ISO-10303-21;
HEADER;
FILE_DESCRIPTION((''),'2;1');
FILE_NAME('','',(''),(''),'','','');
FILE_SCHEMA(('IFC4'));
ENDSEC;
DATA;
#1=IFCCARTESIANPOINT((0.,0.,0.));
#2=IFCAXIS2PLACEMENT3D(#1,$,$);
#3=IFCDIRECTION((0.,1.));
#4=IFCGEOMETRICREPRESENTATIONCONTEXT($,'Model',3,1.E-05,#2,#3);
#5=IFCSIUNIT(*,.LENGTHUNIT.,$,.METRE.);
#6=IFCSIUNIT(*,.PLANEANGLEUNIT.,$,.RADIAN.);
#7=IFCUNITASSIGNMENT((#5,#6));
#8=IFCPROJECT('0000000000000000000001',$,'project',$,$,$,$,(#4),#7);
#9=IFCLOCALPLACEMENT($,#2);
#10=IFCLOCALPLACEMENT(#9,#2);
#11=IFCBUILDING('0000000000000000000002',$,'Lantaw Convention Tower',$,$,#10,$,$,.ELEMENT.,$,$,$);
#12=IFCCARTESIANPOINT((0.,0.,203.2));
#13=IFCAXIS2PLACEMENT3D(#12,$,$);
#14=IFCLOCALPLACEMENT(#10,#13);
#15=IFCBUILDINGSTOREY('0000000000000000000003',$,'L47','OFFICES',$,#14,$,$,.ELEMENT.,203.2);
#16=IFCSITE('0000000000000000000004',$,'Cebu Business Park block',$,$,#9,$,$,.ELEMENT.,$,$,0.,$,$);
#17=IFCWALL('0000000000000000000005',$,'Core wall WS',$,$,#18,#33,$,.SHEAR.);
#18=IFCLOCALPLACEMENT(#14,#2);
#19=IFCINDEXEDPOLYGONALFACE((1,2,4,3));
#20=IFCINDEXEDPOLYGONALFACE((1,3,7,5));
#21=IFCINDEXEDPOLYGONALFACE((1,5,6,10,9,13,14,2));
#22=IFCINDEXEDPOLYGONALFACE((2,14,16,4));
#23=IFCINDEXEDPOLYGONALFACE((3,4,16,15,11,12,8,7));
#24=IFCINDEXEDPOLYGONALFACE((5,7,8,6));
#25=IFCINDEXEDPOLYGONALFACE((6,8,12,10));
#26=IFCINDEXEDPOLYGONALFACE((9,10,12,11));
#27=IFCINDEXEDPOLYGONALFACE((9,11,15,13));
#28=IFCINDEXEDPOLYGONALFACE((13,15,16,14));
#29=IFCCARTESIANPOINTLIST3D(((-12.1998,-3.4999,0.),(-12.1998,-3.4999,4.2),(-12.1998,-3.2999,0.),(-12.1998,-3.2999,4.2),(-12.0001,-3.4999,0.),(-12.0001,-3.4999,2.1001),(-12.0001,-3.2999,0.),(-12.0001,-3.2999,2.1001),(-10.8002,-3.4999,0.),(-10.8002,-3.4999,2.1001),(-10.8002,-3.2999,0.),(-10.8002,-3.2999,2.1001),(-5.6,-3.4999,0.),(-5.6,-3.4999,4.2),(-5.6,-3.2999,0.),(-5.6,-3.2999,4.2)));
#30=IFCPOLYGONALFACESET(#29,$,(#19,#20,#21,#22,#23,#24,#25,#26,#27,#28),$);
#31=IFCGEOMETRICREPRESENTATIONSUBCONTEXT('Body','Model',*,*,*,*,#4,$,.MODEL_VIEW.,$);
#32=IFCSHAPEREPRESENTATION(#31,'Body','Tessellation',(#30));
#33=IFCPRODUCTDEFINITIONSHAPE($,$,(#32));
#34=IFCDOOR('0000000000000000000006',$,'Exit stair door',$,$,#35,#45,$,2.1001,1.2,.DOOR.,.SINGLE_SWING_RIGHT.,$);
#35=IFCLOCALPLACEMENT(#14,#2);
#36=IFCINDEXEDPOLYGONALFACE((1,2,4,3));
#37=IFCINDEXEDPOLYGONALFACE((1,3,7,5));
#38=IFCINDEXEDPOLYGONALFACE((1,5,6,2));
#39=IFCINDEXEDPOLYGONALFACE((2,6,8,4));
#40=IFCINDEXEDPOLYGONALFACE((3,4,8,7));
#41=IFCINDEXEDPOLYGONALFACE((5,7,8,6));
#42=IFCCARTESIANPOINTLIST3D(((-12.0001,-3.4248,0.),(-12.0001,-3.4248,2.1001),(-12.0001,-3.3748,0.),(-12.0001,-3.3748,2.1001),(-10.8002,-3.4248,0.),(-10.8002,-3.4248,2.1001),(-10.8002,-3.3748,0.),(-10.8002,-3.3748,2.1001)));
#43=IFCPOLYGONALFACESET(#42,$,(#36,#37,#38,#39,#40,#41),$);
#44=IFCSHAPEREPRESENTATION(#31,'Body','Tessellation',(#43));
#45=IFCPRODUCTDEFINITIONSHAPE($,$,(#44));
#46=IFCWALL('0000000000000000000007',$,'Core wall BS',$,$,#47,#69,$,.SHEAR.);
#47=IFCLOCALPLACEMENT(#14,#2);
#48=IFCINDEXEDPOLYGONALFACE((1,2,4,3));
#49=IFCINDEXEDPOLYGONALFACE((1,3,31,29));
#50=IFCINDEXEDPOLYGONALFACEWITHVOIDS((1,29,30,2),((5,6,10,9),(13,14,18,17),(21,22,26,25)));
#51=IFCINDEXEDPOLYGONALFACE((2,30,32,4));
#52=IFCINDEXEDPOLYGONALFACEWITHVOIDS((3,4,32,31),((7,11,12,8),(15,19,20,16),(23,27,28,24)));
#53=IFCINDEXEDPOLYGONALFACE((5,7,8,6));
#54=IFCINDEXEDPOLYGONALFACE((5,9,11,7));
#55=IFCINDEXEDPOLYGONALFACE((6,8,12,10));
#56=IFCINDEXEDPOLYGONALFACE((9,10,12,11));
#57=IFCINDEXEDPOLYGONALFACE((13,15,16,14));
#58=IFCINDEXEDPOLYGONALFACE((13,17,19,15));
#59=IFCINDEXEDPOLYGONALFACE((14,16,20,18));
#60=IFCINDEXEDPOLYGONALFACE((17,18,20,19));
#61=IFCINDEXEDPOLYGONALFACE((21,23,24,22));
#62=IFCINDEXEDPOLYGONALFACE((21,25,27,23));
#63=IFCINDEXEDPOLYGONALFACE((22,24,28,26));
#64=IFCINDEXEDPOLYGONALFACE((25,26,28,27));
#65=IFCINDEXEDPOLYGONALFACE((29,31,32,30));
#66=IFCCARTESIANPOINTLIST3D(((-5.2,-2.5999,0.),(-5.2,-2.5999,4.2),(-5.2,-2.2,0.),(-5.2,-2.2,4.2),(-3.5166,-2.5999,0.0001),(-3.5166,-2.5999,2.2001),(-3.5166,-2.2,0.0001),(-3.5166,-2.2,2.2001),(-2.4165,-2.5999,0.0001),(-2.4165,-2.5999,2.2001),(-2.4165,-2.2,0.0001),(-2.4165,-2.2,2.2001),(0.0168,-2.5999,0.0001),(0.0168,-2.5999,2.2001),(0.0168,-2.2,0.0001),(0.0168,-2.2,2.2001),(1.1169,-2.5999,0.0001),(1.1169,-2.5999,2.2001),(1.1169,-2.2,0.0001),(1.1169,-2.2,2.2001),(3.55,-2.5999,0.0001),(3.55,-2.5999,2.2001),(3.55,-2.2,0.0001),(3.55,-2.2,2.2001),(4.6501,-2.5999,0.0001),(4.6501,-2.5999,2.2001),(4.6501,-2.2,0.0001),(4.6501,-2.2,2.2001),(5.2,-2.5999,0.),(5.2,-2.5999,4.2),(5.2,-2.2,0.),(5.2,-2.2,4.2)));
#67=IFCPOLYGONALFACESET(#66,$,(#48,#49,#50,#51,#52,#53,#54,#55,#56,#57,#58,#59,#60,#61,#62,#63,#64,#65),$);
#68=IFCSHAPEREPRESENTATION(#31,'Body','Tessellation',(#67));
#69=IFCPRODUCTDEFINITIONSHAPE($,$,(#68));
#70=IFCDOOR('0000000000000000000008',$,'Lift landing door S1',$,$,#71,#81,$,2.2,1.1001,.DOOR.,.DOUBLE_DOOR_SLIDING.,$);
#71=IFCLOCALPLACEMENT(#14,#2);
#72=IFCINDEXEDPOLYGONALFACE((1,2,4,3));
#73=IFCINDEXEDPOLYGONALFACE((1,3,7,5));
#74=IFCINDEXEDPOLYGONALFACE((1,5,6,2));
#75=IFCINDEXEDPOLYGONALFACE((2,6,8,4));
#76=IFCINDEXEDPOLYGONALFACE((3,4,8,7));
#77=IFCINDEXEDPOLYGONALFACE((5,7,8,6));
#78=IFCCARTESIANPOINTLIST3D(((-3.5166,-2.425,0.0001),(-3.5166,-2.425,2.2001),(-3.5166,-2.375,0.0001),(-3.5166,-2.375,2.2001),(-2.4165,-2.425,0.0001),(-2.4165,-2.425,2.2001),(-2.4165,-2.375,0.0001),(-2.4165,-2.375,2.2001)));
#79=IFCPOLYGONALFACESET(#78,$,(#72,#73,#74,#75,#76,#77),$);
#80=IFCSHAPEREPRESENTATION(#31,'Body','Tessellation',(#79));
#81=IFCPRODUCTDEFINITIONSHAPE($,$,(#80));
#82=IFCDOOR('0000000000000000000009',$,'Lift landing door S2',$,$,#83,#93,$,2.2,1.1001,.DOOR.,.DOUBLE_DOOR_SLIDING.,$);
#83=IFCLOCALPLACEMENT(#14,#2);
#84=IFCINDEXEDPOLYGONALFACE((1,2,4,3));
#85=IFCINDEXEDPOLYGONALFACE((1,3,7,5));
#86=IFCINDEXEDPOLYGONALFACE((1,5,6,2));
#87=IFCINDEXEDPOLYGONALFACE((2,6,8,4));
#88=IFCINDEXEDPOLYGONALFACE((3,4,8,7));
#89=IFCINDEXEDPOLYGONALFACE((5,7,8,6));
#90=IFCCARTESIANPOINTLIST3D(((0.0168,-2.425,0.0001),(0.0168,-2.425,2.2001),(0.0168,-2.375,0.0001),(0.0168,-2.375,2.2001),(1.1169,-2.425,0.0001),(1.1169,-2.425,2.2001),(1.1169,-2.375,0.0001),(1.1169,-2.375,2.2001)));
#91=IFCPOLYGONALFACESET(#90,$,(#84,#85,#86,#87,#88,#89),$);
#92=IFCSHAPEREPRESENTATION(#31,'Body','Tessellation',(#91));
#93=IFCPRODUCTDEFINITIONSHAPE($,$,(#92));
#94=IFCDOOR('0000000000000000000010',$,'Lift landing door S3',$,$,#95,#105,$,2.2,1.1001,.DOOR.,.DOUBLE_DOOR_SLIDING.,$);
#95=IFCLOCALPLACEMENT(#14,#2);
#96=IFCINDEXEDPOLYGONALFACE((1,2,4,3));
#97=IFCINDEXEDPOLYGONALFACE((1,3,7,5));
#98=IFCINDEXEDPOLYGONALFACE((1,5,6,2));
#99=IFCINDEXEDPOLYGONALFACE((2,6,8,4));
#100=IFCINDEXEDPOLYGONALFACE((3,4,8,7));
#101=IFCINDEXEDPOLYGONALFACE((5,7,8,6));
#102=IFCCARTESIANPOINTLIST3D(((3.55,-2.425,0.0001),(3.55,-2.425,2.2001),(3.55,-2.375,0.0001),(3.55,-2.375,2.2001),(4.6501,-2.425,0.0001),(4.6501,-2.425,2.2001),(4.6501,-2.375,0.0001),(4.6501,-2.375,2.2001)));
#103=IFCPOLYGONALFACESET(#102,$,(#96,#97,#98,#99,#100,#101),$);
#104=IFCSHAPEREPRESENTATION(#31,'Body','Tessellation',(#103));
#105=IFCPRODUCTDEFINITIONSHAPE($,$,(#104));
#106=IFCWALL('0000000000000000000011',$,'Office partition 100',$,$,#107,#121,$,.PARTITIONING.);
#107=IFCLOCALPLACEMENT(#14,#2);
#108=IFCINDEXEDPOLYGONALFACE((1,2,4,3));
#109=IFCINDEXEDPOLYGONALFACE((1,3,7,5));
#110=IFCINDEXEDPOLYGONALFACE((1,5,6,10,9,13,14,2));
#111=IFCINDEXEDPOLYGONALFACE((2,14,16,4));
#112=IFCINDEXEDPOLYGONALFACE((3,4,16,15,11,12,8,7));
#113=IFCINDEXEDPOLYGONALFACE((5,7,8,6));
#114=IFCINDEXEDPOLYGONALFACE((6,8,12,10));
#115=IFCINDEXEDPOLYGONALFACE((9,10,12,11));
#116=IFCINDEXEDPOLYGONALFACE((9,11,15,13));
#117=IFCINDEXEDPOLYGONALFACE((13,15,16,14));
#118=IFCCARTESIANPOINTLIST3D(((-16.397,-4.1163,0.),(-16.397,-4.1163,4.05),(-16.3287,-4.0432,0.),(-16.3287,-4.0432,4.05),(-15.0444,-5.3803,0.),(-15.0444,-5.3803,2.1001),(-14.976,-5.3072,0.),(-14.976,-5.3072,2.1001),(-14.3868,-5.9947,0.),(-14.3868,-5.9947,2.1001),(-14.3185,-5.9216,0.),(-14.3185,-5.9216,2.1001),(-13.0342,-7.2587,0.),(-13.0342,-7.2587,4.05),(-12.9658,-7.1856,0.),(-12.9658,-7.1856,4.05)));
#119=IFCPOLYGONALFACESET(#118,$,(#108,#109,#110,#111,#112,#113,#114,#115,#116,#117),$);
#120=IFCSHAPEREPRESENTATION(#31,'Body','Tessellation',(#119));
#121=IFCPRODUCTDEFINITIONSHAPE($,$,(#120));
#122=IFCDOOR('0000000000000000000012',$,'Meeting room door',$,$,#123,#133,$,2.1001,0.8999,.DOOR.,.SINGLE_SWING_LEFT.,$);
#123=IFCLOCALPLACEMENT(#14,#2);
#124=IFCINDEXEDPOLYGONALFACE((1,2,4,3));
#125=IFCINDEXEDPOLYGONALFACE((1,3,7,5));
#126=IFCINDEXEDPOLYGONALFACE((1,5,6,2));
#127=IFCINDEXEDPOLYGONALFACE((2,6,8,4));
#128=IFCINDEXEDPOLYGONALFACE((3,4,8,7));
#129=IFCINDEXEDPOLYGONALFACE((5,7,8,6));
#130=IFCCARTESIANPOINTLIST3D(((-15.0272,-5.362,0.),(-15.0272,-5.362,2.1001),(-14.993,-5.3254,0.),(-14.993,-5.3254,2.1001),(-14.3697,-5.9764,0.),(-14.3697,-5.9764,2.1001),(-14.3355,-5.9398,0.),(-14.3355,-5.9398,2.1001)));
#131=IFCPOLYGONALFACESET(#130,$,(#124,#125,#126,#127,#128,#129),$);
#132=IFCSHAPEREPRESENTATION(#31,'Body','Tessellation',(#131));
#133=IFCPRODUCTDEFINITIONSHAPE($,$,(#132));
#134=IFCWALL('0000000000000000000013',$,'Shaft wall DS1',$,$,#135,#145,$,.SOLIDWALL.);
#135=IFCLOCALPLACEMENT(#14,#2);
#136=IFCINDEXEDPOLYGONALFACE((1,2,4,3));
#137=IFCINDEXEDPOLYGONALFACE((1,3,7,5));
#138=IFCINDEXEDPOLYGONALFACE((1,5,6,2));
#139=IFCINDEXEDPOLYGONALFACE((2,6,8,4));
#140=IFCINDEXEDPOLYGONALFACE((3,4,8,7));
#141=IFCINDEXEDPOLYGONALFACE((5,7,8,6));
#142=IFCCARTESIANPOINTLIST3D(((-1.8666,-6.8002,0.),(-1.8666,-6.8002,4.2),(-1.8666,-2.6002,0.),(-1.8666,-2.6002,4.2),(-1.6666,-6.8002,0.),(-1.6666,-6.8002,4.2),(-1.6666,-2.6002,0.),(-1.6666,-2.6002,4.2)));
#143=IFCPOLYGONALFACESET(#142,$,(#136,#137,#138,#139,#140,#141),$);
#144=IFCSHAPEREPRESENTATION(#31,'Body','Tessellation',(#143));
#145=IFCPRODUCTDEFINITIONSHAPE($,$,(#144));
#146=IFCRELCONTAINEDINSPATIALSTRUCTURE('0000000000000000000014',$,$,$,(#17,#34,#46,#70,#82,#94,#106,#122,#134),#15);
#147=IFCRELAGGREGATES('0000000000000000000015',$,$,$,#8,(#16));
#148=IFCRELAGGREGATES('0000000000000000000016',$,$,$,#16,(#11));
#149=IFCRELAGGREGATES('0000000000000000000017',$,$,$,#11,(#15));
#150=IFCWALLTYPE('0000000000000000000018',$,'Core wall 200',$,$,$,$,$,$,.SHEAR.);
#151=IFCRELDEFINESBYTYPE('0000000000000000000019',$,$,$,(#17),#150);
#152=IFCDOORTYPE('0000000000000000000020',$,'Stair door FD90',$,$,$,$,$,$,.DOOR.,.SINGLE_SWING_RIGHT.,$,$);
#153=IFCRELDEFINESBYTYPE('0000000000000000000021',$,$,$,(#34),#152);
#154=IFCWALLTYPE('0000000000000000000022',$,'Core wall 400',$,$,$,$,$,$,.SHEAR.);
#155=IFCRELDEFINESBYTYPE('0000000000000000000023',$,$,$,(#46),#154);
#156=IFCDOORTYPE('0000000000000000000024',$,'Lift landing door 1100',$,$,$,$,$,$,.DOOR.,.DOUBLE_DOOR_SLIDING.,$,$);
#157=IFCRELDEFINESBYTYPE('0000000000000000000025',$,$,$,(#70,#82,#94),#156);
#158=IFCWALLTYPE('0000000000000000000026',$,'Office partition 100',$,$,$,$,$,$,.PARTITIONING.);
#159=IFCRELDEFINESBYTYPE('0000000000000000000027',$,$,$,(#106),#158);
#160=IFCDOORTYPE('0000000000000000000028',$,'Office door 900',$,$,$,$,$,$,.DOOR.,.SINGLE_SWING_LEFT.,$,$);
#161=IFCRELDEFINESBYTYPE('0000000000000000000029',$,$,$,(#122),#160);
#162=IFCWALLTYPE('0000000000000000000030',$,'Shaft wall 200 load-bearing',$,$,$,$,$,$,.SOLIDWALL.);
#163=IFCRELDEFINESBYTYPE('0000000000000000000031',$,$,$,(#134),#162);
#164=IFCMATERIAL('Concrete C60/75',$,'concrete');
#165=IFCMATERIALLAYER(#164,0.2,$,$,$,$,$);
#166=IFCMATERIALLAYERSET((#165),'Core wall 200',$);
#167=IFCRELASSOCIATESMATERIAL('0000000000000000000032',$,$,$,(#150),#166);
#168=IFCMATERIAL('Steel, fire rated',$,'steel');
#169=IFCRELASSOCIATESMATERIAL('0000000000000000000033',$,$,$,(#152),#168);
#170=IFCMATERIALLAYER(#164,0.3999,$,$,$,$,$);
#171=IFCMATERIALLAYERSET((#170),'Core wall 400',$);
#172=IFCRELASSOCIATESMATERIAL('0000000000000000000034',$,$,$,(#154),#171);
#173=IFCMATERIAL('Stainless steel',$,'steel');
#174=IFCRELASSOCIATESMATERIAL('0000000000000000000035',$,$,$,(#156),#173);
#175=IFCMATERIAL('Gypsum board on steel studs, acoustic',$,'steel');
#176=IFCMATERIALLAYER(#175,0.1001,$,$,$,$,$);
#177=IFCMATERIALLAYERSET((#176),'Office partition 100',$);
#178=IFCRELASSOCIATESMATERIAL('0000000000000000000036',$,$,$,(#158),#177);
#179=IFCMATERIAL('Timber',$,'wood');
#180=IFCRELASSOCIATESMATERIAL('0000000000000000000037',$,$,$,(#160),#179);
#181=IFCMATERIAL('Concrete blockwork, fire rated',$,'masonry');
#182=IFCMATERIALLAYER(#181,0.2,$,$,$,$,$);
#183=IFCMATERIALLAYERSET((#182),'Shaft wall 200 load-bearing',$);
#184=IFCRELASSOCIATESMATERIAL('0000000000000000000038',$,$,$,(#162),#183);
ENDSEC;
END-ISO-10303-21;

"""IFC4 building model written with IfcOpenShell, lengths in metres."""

from ifc_helpers import new_model, si_unit, direction, frame, frame_2d, origin, place, context, subcontext, project, spatial, rectangle, extrude, material, layer, layer_set, type_object, element, fill, save


model = new_model("IFC4")

# Units and contexts
model_context = context("Model", 3, precision=1e-05, world=origin(), true_north=direction((0.0, 1.0)))
body_context = subcontext(model_context, "Body", "Model", "MODEL_VIEW")
ifc_project = project(units=[si_unit("LENGTHUNIT", "METRE"), si_unit("PLANEANGLEUNIT", "RADIAN")], contexts=[model_context])

# Site, building, storey
site_placement = place(None, origin())
site = spatial("IfcSite", under=ifc_project, at=site_placement, Name="Cebu Business Park block", CompositionType="ELEMENT", RefElevation=0.0)
building_placement = place(site_placement, origin())
building = spatial("IfcBuilding", under=site, at=building_placement, Name="Lantaw Convention Tower", CompositionType="ELEMENT")
storey_placement = place(building_placement, frame((0.0, 0.0, 203.2)))
storey = spatial("IfcBuildingStorey", under=building, at=storey_placement, Name="L47", Description="OFFICES", CompositionType="ELEMENT", Elevation=203.2)

# Wall, opening, door
ifc_material_1 = material(Name="Concrete C60/75", Category="concrete")
ifc_layer_1 = layer(ifc_material_1, 0.2)
ifc_layer_set_1 = layer_set([ifc_layer_1], Name="Core wall 200")
wall_type_1 = type_object("IfcWallType", Name="Core wall 200", PredefinedType="SHEAR", material=ifc_layer_set_1)
wall_1_placement = place(storey_placement, frame((-5.6001, -3.3999, 0.0), z_axis=(0.0, 0.0, 1.0), x_axis=(-1.0, 0.0, 0.0)))
wall_1 = element("IfcWall", 1, at=wall_1_placement, inside=storey, type_object=wall_type_1, Name="Core wall WS", PredefinedType="SHEAR", context=body_context, shape_type="SweptSolid", body=[
    extrude(rectangle(XDim=6.5999, YDim=0.2, at=frame_2d((3.2998, 0.0))), origin(), (0.0, 0.0, 1.0), 4.2),
])
opening_1_placement = place(wall_1_placement, frame((5.2, 0.0, 0.0)))
opening_1 = element("IfcOpeningElement", 2, at=opening_1_placement, cuts=wall_1, PredefinedType="OPENING", context=body_context, shape_type="SweptSolid", body=[
    extrude(rectangle(XDim=1.2, YDim=2.1001, at=frame_2d((0.6001, 1.05))), frame((0.0, 0.1099, 0.0), z_axis=(0.0, -1.0, 0.0), x_axis=(1.0, 0.0, 0.0)), (0.0, 0.0, 1.0), 0.22),
])
ifc_material_2 = material(Name="Steel, fire rated", Category="steel")
door_type_1 = type_object("IfcDoorType", Name="Stair door FD90", OperationType="SINGLE_SWING_RIGHT", PredefinedType="DOOR", material=ifc_material_2)
door_1_placement = place(opening_1_placement, origin())
door_1 = element("IfcDoor", 3, at=door_1_placement, inside=storey, type_object=door_type_1, Name="Exit stair door", OperationType="SINGLE_SWING_RIGHT", OverallHeight=2.1001, OverallWidth=1.2, PredefinedType="DOOR", context=body_context, shape_type="SweptSolid", body=[
    extrude(rectangle(XDim=1.2, YDim=2.1001, at=frame_2d((0.6001, 1.05))), frame((0.0, 0.0249, 0.0), z_axis=(0.0, -1.0, 0.0), x_axis=(1.0, 0.0, 0.0)), (0.0, 0.0, 1.0), 0.05),
])
fill(opening_1, door_1)

# Wall, openings, doors
ifc_layer_2 = layer(ifc_material_1, 0.3999)
ifc_layer_set_2 = layer_set([ifc_layer_2], Name="Core wall 400")
wall_type_2 = type_object("IfcWallType", Name="Core wall 400", PredefinedType="SHEAR", material=ifc_layer_set_2)
wall_2_placement = place(storey_placement, frame((-5.2, -2.3999, 0.0), z_axis=(0.0, 0.0, 1.0), x_axis=(1.0, 0.0, 0.0)))
wall_2 = element("IfcWall", 4, at=wall_2_placement, inside=storey, type_object=wall_type_2, Name="Core wall BS", PredefinedType="SHEAR", context=body_context, shape_type="SweptSolid", body=[
    extrude(rectangle(XDim=10.3999, YDim=0.3999, at=frame_2d((5.2, 0.0))), origin(), (0.0, 0.0, 1.0), 4.2),
])
opening_2_placement = place(wall_2_placement, frame((1.6833, 0.0, 0.0)))
opening_2 = element("IfcOpeningElement", 5, at=opening_2_placement, cuts=wall_2, PredefinedType="OPENING", context=body_context, shape_type="SweptSolid", body=[
    extrude(rectangle(XDim=1.1001, YDim=2.2, at=frame_2d((0.55, 1.1001))), frame((0.0, 0.21, 0.0), z_axis=(0.0, -1.0, 0.0), x_axis=(1.0, 0.0, 0.0)), (0.0, 0.0, 1.0), 0.4199),
])
opening_3_placement = place(wall_2_placement, frame((5.2168, 0.0, 0.0)))
opening_3 = element("IfcOpeningElement", 6, at=opening_3_placement, cuts=wall_2, PredefinedType="OPENING", context=body_context, shape_type="SweptSolid", body=[
    extrude(rectangle(XDim=1.1001, YDim=2.2, at=frame_2d((0.55, 1.1001))), frame((0.0, 0.21, 0.0), z_axis=(0.0, -1.0, 0.0), x_axis=(1.0, 0.0, 0.0)), (0.0, 0.0, 1.0), 0.4199),
])
opening_4_placement = place(wall_2_placement, frame((8.75, 0.0, 0.0)))
opening_4 = element("IfcOpeningElement", 7, at=opening_4_placement, cuts=wall_2, PredefinedType="OPENING", context=body_context, shape_type="SweptSolid", body=[
    extrude(rectangle(XDim=1.1001, YDim=2.2, at=frame_2d((0.55, 1.1001))), frame((0.0, 0.21, 0.0), z_axis=(0.0, -1.0, 0.0), x_axis=(1.0, 0.0, 0.0)), (0.0, 0.0, 1.0), 0.4199),
])
ifc_material_3 = material(Name="Stainless steel", Category="steel")
door_type_2 = type_object("IfcDoorType", Name="Lift landing door 1100", OperationType="DOUBLE_DOOR_SLIDING", PredefinedType="DOOR", material=ifc_material_3)
door_2_placement = place(opening_2_placement, origin())
door_2 = element("IfcDoor", 8, at=door_2_placement, inside=storey, type_object=door_type_2, Name="Lift landing door S1", OperationType="DOUBLE_DOOR_SLIDING", OverallHeight=2.2, OverallWidth=1.1001, PredefinedType="DOOR", context=body_context, shape_type="SweptSolid", body=[
    extrude(rectangle(XDim=1.1001, YDim=2.2, at=frame_2d((0.55, 1.1001))), frame((0.0, 0.0249, 0.0), z_axis=(0.0, -1.0, 0.0), x_axis=(1.0, 0.0, 0.0)), (0.0, 0.0, 1.0), 0.05),
])
fill(opening_2, door_2)
door_3_placement = place(opening_3_placement, origin())
door_3 = element("IfcDoor", 9, at=door_3_placement, inside=storey, type_object=door_type_2, Name="Lift landing door S2", OperationType="DOUBLE_DOOR_SLIDING", OverallHeight=2.2, OverallWidth=1.1001, PredefinedType="DOOR", context=body_context, shape_type="SweptSolid", body=[
    extrude(rectangle(XDim=1.1001, YDim=2.2, at=frame_2d((0.55, 1.1001))), frame((0.0, 0.0249, 0.0), z_axis=(0.0, -1.0, 0.0), x_axis=(1.0, 0.0, 0.0)), (0.0, 0.0, 1.0), 0.05),
])
fill(opening_3, door_3)
door_4_placement = place(opening_4_placement, origin())
door_4 = element("IfcDoor", 10, at=door_4_placement, inside=storey, type_object=door_type_2, Name="Lift landing door S3", OperationType="DOUBLE_DOOR_SLIDING", OverallHeight=2.2, OverallWidth=1.1001, PredefinedType="DOOR", context=body_context, shape_type="SweptSolid", body=[
    extrude(rectangle(XDim=1.1001, YDim=2.2, at=frame_2d((0.55, 1.1001))), frame((0.0, 0.0249, 0.0), z_axis=(0.0, -1.0, 0.0), x_axis=(1.0, 0.0, 0.0)), (0.0, 0.0, 1.0), 0.05),
])
fill(opening_4, door_4)

# Wall, opening, door
ifc_material_4 = material(Name="Gypsum board on steel studs, acoustic", Category="steel")
ifc_layer_3 = layer(ifc_material_4, 0.1001)
ifc_layer_set_3 = layer_set([ifc_layer_3], Name="Office partition 100")
wall_type_3 = type_object("IfcWallType", Name="Office partition 100", PredefinedType="PARTITIONING", material=ifc_layer_set_3)
wall_3_placement = place(storey_placement, frame((-13.0, -7.2222, 0.0), z_axis=(0.0, 0.0, 1.0), x_axis=(-0.730651, 0.682751, 0.0)))
wall_3 = element("IfcWall", 11, at=wall_3_placement, inside=storey, type_object=wall_type_3, Name="Office partition 100", PredefinedType="PARTITIONING", context=body_context, shape_type="SweptSolid", body=[
    extrude(rectangle(XDim=4.6025, YDim=0.1001, at=frame_2d((2.3013, 0.0))), origin(), (0.0, 0.0, 1.0), 4.05),
])
opening_5_placement = place(wall_3_placement, frame((1.8513, 0.0, 0.0)))
opening_5 = element("IfcOpeningElement", 12, at=opening_5_placement, cuts=wall_3, PredefinedType="OPENING", context=body_context, shape_type="SweptSolid", body=[
    extrude(rectangle(XDim=0.8999, YDim=2.1001, at=frame_2d((0.45, 1.05))), frame((0.0, 0.0601, 0.0), z_axis=(0.0, -1.0, 0.0), x_axis=(1.0, 0.0, 0.0)), (0.0, 0.0, 1.0), 0.1201),
])
ifc_material_5 = material(Name="Timber", Category="wood")
door_type_3 = type_object("IfcDoorType", Name="Office door 900", OperationType="SINGLE_SWING_LEFT", PredefinedType="DOOR", material=ifc_material_5)
door_5_placement = place(opening_5_placement, origin())
door_5 = element("IfcDoor", 13, at=door_5_placement, inside=storey, type_object=door_type_3, Name="Meeting room door", OperationType="SINGLE_SWING_LEFT", OverallHeight=2.1001, OverallWidth=0.8999, PredefinedType="DOOR", context=body_context, shape_type="SweptSolid", body=[
    extrude(rectangle(XDim=0.8999, YDim=2.1001, at=frame_2d((0.45, 1.05))), frame((0.0, 0.0249, 0.0), z_axis=(0.0, -1.0, 0.0), x_axis=(1.0, 0.0, 0.0)), (0.0, 0.0, 1.0), 0.05),
])
fill(opening_5, door_5)

# Wall
ifc_material_6 = material(Name="Concrete blockwork, fire rated", Category="masonry")
ifc_layer_4 = layer(ifc_material_6, 0.2)
ifc_layer_set_4 = layer_set([ifc_layer_4], Name="Shaft wall 200 load-bearing")
wall_type_4 = type_object("IfcWallType", Name="Shaft wall 200 load-bearing", PredefinedType="SOLIDWALL", material=ifc_layer_set_4)
wall_4_placement = place(storey_placement, frame((-1.7666, -2.6001, 0.0), z_axis=(0.0, 0.0, 1.0), x_axis=(0.0, -1.0, 0.0)))
element("IfcWall", 14, at=wall_4_placement, inside=storey, type_object=wall_type_4, Name="Shaft wall DS1", PredefinedType="SOLIDWALL", context=body_context, shape_type="SweptSolid", body=[
    extrude(rectangle(XDim=4.2, YDim=0.2, at=frame_2d((2.1001, 0.0))), origin(), (0.0, 0.0, 1.0), 4.2),
])

save(model, "model.ifc")
